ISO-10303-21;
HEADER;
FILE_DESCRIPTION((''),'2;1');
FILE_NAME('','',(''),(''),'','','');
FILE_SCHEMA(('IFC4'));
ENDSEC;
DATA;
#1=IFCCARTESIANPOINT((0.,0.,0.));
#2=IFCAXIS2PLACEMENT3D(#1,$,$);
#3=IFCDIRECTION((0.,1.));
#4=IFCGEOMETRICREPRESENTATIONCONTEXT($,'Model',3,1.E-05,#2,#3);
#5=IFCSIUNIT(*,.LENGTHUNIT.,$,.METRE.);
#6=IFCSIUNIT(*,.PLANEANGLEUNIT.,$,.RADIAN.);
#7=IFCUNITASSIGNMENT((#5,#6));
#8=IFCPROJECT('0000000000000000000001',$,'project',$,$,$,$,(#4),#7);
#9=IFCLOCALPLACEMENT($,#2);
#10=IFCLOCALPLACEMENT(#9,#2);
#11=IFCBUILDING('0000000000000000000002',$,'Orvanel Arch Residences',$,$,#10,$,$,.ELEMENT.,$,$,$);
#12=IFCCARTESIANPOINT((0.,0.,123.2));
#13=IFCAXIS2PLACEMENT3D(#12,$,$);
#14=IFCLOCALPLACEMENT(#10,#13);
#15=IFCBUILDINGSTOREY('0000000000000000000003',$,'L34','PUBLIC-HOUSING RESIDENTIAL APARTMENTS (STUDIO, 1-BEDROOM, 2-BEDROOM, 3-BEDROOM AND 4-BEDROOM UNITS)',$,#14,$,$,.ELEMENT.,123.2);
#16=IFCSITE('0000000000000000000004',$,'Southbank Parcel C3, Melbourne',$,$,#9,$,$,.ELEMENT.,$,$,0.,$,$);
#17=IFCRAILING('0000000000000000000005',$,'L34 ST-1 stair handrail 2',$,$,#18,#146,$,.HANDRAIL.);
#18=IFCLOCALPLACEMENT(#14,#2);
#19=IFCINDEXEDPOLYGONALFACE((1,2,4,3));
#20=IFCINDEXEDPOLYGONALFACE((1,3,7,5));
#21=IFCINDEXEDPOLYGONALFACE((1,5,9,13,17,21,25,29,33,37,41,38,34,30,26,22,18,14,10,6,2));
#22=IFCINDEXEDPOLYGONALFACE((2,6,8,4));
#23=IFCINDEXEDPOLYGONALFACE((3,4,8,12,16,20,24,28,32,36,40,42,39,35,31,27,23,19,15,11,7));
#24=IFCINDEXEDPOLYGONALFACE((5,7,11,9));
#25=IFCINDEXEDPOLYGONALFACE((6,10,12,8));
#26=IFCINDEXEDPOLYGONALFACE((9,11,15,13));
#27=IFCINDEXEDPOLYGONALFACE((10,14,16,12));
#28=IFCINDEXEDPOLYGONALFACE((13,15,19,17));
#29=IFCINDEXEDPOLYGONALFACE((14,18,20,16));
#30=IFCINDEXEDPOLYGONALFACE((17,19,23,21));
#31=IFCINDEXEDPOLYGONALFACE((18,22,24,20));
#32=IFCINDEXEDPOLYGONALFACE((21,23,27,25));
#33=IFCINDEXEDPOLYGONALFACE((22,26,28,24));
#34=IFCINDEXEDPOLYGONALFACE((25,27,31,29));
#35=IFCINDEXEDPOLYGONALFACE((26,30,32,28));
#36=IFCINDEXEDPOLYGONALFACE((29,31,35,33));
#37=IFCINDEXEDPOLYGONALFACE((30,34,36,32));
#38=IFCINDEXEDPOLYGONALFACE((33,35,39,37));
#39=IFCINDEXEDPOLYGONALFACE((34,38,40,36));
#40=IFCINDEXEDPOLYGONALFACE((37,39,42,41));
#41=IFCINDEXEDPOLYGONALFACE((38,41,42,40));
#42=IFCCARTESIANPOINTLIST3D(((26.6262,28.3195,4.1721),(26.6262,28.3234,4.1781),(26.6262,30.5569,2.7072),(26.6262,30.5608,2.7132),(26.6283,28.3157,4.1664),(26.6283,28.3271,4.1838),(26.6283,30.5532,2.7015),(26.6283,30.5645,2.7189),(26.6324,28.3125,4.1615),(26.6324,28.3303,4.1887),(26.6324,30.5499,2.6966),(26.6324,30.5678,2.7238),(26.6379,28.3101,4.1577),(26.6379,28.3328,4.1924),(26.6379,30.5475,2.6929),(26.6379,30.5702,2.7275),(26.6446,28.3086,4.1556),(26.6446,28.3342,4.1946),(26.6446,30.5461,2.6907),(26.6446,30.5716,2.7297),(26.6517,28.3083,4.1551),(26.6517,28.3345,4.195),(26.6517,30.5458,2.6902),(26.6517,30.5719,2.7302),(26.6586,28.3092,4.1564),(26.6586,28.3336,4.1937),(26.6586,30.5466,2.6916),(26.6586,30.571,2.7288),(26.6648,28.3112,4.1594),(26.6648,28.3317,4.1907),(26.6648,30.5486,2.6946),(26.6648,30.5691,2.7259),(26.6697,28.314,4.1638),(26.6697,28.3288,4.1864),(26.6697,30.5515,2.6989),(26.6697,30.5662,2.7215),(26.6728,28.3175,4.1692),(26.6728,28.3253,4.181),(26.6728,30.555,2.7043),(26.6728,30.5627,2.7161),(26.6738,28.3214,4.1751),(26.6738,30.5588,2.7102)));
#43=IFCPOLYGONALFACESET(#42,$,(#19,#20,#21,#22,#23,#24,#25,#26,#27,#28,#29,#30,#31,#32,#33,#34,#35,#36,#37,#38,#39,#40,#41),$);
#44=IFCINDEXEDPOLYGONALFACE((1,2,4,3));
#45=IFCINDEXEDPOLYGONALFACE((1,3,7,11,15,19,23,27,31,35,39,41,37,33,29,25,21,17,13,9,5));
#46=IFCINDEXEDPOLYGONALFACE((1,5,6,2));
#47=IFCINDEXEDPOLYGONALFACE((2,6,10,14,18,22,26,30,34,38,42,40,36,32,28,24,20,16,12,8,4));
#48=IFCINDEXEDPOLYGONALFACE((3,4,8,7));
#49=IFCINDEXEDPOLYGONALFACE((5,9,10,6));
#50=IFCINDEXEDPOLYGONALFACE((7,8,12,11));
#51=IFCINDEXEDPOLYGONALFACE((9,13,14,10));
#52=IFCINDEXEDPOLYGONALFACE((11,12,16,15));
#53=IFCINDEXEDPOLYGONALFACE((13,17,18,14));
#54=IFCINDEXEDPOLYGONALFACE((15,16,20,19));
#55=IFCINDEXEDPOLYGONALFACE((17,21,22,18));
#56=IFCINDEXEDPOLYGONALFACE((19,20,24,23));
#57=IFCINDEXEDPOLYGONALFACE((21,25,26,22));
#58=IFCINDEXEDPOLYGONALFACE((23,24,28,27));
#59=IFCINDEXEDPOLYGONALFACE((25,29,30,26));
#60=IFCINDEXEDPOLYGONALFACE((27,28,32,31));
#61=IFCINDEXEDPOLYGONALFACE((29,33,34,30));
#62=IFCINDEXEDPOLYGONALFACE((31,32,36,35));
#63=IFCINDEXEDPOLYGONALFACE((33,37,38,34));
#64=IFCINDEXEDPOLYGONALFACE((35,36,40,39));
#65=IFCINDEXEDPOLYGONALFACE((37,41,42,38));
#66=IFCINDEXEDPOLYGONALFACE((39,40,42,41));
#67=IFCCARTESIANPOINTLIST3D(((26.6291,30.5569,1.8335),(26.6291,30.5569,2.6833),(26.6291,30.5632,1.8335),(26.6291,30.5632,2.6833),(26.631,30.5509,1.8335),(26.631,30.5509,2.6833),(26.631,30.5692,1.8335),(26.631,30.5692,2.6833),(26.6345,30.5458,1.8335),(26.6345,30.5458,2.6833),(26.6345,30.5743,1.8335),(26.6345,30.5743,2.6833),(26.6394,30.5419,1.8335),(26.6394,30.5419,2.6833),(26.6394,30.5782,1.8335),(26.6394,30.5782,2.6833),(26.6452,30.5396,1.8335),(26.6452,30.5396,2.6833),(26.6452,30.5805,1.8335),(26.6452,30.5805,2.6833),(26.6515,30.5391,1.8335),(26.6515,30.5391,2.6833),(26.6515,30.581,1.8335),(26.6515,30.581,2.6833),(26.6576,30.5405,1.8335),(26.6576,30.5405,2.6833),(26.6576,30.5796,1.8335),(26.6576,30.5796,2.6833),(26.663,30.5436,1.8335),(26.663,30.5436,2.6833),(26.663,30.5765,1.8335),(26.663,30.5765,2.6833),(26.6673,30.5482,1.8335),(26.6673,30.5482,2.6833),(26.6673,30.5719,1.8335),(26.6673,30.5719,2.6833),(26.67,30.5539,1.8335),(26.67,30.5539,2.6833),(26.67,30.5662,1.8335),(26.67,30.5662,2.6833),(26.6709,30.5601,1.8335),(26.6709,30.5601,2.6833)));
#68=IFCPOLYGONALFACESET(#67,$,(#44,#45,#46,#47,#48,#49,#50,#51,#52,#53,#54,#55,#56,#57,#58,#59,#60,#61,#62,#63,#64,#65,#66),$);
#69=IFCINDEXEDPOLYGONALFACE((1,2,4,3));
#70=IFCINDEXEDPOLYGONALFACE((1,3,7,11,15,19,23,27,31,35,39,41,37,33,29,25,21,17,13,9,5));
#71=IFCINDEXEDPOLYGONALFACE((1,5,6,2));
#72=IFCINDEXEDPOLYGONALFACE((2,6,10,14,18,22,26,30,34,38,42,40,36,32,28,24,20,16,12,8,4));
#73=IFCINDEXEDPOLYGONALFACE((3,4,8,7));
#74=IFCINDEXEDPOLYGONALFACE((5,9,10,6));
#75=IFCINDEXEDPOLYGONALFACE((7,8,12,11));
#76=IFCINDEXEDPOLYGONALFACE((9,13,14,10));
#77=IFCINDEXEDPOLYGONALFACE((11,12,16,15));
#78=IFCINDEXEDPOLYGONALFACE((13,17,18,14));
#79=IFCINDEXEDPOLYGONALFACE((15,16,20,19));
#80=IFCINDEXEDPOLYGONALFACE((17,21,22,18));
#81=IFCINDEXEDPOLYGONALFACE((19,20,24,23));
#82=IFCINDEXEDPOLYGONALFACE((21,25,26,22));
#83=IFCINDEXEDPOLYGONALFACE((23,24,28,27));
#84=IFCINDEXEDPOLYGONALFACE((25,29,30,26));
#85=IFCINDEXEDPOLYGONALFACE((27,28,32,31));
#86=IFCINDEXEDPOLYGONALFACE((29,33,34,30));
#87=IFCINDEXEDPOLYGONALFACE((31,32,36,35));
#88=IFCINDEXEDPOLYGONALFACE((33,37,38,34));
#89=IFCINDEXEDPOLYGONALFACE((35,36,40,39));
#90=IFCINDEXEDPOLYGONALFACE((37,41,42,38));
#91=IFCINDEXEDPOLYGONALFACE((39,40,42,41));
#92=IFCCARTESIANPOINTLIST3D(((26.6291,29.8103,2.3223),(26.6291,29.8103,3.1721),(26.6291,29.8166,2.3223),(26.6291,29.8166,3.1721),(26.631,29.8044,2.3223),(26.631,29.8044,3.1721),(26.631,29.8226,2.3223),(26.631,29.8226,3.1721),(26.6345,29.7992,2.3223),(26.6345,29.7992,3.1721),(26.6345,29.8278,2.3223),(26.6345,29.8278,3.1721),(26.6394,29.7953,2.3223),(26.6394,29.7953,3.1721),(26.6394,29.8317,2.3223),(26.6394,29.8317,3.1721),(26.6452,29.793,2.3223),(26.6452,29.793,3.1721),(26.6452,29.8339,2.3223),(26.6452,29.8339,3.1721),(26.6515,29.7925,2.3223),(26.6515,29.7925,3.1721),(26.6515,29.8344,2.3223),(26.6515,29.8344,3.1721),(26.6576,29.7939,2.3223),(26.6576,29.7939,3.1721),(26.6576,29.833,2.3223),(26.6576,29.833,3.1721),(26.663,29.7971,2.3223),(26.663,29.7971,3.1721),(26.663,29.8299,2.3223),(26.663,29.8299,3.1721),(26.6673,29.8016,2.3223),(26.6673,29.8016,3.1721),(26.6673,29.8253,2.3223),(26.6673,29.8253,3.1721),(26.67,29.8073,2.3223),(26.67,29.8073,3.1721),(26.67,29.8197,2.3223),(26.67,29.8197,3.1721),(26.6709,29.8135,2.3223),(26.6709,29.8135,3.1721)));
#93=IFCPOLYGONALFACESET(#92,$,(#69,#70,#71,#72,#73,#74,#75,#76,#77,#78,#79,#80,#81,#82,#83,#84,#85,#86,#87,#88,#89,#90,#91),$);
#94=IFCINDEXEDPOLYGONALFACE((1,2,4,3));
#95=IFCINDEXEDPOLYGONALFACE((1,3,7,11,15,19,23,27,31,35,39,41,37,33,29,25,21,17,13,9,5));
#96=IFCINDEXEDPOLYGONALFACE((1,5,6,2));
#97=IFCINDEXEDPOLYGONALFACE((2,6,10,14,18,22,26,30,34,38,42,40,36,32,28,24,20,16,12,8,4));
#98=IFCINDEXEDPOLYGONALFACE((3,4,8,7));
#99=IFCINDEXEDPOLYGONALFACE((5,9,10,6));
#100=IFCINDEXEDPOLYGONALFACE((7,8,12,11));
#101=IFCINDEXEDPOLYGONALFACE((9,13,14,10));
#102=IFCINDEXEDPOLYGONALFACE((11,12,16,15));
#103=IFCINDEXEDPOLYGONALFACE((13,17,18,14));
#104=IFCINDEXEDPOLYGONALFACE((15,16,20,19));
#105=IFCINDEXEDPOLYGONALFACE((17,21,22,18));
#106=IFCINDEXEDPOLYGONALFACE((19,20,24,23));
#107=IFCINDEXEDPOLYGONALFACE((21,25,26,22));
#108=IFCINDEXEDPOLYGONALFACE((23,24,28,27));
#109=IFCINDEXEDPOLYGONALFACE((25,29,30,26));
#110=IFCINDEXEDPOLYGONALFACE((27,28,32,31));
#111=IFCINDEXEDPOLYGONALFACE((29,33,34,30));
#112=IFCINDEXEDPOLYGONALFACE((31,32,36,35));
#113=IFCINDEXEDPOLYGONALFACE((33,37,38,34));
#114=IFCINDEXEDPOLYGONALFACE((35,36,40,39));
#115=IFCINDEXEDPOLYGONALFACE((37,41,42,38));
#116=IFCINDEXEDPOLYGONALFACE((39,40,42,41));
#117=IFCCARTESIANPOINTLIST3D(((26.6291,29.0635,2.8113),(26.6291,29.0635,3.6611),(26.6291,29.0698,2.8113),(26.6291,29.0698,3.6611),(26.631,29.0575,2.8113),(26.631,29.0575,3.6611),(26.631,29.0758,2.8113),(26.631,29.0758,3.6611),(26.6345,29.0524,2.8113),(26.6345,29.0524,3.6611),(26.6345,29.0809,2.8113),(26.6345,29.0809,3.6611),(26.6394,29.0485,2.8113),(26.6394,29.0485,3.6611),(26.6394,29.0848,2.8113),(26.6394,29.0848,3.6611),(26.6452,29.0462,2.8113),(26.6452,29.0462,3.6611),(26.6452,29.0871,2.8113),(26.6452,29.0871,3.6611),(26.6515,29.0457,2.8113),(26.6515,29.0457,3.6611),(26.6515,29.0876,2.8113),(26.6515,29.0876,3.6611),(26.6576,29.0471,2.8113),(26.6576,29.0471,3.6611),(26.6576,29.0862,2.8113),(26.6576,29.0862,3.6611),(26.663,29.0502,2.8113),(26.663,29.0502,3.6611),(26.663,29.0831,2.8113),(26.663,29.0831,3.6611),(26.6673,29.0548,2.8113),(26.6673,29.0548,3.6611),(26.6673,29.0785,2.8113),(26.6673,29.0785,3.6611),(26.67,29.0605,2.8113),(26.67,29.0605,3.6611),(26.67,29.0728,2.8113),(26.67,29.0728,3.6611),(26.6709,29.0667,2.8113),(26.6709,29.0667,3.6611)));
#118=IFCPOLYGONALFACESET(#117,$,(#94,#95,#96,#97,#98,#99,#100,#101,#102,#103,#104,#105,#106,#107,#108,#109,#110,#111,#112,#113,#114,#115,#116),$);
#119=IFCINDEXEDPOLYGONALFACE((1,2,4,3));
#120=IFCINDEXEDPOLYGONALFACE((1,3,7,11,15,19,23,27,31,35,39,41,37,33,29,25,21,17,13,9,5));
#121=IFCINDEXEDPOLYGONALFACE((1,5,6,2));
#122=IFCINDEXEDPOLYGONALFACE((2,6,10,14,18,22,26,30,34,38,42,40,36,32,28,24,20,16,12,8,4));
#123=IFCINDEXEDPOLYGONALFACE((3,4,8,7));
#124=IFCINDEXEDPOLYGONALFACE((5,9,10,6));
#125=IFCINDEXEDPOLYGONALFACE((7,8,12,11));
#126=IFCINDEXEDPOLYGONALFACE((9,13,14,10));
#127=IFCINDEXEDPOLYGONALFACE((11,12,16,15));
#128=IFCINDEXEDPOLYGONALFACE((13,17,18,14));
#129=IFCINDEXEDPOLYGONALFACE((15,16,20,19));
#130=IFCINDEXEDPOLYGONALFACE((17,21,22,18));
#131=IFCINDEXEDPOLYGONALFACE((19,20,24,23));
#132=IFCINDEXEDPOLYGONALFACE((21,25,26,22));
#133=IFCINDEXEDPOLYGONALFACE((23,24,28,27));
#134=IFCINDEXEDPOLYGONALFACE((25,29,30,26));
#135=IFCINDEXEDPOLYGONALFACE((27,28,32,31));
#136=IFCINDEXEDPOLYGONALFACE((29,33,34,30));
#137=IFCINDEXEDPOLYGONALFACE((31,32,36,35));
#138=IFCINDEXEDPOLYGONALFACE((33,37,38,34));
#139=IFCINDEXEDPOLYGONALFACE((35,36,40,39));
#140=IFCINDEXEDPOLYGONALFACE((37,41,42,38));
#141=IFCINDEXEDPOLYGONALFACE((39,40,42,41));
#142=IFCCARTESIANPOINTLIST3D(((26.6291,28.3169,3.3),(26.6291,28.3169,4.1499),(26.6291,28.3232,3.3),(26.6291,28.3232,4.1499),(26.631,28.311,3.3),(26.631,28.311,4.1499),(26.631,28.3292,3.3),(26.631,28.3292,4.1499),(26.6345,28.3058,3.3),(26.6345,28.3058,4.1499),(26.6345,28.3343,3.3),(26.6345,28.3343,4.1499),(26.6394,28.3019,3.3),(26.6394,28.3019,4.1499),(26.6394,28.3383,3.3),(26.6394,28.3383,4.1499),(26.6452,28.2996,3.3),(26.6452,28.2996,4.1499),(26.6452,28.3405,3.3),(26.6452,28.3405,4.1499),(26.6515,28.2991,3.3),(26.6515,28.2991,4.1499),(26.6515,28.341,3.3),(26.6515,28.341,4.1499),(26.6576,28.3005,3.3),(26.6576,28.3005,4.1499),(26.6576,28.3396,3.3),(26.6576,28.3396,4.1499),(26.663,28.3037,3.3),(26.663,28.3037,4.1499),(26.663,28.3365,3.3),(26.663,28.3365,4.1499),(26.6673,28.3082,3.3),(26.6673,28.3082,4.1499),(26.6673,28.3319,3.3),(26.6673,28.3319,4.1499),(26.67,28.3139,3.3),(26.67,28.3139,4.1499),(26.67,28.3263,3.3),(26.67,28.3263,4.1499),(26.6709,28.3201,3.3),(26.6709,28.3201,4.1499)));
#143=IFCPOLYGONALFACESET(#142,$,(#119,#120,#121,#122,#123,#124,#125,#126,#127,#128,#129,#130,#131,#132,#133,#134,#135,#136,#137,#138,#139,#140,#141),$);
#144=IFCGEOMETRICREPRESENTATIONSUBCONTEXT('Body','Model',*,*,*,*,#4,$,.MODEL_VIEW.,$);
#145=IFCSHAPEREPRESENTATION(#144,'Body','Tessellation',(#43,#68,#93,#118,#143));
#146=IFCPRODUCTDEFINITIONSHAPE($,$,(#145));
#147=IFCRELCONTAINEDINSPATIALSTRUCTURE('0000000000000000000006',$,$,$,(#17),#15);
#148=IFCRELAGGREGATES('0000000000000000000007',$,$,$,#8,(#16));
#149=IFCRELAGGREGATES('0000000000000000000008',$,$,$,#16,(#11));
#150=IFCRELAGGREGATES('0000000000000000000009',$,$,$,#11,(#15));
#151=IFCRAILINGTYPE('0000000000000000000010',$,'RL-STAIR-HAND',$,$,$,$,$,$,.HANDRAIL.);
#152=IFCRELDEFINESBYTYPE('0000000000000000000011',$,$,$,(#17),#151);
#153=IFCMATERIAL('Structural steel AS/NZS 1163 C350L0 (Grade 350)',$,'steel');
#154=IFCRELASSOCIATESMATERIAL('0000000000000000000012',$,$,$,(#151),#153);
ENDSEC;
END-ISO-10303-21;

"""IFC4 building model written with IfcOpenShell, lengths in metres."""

from ifc_helpers import new_model, si_unit, direction, frame, origin, origin_2d, place, context, subcontext, project, spatial, circle, extrude, material, type_object, element, save


model = new_model("IFC4")

# Units and contexts
model_context = context("Model", 3, precision=1e-05, world=origin(), true_north=direction((0.0, 1.0)))
body_context = subcontext(model_context, "Body", "Model", "MODEL_VIEW")
ifc_project = project(units=[si_unit("LENGTHUNIT", "METRE"), si_unit("PLANEANGLEUNIT", "RADIAN")], contexts=[model_context])

# Site, building, storey
site_placement = place(None, origin())
site = spatial("IfcSite", under=ifc_project, at=site_placement, Name="Southbank Parcel C3, Melbourne", CompositionType="ELEMENT", RefElevation=0.0)
building_placement = place(site_placement, origin())
building = spatial("IfcBuilding", under=site, at=building_placement, Name="Orvanel Arch Residences", CompositionType="ELEMENT")
storey_placement = place(building_placement, frame((0.0, 0.0, 123.2)))
storey = spatial("IfcBuildingStorey", under=building, at=storey_placement, Name="L34", Description="PUBLIC-HOUSING RESIDENTIAL APARTMENTS (STUDIO, 1-BEDROOM, 2-BEDROOM, 3-BEDROOM AND 4-BEDROOM UNITS)", CompositionType="ELEMENT", Elevation=123.2)

# Railing
ifc_material_1 = material(Name="Structural steel AS/NZS 1163 C350L0 (Grade 350)", Category="steel")
railing_type_1 = type_object("IfcRailingType", Name="RL-STAIR-HAND", PredefinedType="HANDRAIL", material=ifc_material_1)
railing_1_placement = place(storey_placement, frame((26.6499, 30.5601, 1.8335)))
element("IfcRailing", 1, at=railing_1_placement, inside=storey, type_object=railing_type_1, Name="L34 ST-1 stair handrail 2", PredefinedType="HANDRAIL", context=body_context, shape_type="SweptSolid", body=[
    extrude(circle(Radius=0.0239, at=origin_2d()), frame((0.0, -0.0012, 0.8767), z_axis=(0.0, -0.836637, 0.547758), x_axis=(1.0, 0.0, 0.0)), (0.0, 0.0, 1.0), 2.6743),
    extrude(circle(Radius=0.021, at=origin_2d()), origin(), (0.0, 0.0, 1.0), 0.8499),
    extrude(circle(Radius=0.021, at=origin_2d()), frame((0.0, -0.7466, 0.4888)), (0.0, 0.0, 1.0), 0.8499),
    extrude(circle(Radius=0.021, at=origin_2d()), frame((0.0, -1.4934, 0.9778)), (0.0, 0.0, 1.0), 0.8499),
    extrude(circle(Radius=0.021, at=origin_2d()), frame((0.0, -2.24, 1.4666)), (0.0, 0.0, 1.0), 0.8499),
])

save(model, "model.ifc")
